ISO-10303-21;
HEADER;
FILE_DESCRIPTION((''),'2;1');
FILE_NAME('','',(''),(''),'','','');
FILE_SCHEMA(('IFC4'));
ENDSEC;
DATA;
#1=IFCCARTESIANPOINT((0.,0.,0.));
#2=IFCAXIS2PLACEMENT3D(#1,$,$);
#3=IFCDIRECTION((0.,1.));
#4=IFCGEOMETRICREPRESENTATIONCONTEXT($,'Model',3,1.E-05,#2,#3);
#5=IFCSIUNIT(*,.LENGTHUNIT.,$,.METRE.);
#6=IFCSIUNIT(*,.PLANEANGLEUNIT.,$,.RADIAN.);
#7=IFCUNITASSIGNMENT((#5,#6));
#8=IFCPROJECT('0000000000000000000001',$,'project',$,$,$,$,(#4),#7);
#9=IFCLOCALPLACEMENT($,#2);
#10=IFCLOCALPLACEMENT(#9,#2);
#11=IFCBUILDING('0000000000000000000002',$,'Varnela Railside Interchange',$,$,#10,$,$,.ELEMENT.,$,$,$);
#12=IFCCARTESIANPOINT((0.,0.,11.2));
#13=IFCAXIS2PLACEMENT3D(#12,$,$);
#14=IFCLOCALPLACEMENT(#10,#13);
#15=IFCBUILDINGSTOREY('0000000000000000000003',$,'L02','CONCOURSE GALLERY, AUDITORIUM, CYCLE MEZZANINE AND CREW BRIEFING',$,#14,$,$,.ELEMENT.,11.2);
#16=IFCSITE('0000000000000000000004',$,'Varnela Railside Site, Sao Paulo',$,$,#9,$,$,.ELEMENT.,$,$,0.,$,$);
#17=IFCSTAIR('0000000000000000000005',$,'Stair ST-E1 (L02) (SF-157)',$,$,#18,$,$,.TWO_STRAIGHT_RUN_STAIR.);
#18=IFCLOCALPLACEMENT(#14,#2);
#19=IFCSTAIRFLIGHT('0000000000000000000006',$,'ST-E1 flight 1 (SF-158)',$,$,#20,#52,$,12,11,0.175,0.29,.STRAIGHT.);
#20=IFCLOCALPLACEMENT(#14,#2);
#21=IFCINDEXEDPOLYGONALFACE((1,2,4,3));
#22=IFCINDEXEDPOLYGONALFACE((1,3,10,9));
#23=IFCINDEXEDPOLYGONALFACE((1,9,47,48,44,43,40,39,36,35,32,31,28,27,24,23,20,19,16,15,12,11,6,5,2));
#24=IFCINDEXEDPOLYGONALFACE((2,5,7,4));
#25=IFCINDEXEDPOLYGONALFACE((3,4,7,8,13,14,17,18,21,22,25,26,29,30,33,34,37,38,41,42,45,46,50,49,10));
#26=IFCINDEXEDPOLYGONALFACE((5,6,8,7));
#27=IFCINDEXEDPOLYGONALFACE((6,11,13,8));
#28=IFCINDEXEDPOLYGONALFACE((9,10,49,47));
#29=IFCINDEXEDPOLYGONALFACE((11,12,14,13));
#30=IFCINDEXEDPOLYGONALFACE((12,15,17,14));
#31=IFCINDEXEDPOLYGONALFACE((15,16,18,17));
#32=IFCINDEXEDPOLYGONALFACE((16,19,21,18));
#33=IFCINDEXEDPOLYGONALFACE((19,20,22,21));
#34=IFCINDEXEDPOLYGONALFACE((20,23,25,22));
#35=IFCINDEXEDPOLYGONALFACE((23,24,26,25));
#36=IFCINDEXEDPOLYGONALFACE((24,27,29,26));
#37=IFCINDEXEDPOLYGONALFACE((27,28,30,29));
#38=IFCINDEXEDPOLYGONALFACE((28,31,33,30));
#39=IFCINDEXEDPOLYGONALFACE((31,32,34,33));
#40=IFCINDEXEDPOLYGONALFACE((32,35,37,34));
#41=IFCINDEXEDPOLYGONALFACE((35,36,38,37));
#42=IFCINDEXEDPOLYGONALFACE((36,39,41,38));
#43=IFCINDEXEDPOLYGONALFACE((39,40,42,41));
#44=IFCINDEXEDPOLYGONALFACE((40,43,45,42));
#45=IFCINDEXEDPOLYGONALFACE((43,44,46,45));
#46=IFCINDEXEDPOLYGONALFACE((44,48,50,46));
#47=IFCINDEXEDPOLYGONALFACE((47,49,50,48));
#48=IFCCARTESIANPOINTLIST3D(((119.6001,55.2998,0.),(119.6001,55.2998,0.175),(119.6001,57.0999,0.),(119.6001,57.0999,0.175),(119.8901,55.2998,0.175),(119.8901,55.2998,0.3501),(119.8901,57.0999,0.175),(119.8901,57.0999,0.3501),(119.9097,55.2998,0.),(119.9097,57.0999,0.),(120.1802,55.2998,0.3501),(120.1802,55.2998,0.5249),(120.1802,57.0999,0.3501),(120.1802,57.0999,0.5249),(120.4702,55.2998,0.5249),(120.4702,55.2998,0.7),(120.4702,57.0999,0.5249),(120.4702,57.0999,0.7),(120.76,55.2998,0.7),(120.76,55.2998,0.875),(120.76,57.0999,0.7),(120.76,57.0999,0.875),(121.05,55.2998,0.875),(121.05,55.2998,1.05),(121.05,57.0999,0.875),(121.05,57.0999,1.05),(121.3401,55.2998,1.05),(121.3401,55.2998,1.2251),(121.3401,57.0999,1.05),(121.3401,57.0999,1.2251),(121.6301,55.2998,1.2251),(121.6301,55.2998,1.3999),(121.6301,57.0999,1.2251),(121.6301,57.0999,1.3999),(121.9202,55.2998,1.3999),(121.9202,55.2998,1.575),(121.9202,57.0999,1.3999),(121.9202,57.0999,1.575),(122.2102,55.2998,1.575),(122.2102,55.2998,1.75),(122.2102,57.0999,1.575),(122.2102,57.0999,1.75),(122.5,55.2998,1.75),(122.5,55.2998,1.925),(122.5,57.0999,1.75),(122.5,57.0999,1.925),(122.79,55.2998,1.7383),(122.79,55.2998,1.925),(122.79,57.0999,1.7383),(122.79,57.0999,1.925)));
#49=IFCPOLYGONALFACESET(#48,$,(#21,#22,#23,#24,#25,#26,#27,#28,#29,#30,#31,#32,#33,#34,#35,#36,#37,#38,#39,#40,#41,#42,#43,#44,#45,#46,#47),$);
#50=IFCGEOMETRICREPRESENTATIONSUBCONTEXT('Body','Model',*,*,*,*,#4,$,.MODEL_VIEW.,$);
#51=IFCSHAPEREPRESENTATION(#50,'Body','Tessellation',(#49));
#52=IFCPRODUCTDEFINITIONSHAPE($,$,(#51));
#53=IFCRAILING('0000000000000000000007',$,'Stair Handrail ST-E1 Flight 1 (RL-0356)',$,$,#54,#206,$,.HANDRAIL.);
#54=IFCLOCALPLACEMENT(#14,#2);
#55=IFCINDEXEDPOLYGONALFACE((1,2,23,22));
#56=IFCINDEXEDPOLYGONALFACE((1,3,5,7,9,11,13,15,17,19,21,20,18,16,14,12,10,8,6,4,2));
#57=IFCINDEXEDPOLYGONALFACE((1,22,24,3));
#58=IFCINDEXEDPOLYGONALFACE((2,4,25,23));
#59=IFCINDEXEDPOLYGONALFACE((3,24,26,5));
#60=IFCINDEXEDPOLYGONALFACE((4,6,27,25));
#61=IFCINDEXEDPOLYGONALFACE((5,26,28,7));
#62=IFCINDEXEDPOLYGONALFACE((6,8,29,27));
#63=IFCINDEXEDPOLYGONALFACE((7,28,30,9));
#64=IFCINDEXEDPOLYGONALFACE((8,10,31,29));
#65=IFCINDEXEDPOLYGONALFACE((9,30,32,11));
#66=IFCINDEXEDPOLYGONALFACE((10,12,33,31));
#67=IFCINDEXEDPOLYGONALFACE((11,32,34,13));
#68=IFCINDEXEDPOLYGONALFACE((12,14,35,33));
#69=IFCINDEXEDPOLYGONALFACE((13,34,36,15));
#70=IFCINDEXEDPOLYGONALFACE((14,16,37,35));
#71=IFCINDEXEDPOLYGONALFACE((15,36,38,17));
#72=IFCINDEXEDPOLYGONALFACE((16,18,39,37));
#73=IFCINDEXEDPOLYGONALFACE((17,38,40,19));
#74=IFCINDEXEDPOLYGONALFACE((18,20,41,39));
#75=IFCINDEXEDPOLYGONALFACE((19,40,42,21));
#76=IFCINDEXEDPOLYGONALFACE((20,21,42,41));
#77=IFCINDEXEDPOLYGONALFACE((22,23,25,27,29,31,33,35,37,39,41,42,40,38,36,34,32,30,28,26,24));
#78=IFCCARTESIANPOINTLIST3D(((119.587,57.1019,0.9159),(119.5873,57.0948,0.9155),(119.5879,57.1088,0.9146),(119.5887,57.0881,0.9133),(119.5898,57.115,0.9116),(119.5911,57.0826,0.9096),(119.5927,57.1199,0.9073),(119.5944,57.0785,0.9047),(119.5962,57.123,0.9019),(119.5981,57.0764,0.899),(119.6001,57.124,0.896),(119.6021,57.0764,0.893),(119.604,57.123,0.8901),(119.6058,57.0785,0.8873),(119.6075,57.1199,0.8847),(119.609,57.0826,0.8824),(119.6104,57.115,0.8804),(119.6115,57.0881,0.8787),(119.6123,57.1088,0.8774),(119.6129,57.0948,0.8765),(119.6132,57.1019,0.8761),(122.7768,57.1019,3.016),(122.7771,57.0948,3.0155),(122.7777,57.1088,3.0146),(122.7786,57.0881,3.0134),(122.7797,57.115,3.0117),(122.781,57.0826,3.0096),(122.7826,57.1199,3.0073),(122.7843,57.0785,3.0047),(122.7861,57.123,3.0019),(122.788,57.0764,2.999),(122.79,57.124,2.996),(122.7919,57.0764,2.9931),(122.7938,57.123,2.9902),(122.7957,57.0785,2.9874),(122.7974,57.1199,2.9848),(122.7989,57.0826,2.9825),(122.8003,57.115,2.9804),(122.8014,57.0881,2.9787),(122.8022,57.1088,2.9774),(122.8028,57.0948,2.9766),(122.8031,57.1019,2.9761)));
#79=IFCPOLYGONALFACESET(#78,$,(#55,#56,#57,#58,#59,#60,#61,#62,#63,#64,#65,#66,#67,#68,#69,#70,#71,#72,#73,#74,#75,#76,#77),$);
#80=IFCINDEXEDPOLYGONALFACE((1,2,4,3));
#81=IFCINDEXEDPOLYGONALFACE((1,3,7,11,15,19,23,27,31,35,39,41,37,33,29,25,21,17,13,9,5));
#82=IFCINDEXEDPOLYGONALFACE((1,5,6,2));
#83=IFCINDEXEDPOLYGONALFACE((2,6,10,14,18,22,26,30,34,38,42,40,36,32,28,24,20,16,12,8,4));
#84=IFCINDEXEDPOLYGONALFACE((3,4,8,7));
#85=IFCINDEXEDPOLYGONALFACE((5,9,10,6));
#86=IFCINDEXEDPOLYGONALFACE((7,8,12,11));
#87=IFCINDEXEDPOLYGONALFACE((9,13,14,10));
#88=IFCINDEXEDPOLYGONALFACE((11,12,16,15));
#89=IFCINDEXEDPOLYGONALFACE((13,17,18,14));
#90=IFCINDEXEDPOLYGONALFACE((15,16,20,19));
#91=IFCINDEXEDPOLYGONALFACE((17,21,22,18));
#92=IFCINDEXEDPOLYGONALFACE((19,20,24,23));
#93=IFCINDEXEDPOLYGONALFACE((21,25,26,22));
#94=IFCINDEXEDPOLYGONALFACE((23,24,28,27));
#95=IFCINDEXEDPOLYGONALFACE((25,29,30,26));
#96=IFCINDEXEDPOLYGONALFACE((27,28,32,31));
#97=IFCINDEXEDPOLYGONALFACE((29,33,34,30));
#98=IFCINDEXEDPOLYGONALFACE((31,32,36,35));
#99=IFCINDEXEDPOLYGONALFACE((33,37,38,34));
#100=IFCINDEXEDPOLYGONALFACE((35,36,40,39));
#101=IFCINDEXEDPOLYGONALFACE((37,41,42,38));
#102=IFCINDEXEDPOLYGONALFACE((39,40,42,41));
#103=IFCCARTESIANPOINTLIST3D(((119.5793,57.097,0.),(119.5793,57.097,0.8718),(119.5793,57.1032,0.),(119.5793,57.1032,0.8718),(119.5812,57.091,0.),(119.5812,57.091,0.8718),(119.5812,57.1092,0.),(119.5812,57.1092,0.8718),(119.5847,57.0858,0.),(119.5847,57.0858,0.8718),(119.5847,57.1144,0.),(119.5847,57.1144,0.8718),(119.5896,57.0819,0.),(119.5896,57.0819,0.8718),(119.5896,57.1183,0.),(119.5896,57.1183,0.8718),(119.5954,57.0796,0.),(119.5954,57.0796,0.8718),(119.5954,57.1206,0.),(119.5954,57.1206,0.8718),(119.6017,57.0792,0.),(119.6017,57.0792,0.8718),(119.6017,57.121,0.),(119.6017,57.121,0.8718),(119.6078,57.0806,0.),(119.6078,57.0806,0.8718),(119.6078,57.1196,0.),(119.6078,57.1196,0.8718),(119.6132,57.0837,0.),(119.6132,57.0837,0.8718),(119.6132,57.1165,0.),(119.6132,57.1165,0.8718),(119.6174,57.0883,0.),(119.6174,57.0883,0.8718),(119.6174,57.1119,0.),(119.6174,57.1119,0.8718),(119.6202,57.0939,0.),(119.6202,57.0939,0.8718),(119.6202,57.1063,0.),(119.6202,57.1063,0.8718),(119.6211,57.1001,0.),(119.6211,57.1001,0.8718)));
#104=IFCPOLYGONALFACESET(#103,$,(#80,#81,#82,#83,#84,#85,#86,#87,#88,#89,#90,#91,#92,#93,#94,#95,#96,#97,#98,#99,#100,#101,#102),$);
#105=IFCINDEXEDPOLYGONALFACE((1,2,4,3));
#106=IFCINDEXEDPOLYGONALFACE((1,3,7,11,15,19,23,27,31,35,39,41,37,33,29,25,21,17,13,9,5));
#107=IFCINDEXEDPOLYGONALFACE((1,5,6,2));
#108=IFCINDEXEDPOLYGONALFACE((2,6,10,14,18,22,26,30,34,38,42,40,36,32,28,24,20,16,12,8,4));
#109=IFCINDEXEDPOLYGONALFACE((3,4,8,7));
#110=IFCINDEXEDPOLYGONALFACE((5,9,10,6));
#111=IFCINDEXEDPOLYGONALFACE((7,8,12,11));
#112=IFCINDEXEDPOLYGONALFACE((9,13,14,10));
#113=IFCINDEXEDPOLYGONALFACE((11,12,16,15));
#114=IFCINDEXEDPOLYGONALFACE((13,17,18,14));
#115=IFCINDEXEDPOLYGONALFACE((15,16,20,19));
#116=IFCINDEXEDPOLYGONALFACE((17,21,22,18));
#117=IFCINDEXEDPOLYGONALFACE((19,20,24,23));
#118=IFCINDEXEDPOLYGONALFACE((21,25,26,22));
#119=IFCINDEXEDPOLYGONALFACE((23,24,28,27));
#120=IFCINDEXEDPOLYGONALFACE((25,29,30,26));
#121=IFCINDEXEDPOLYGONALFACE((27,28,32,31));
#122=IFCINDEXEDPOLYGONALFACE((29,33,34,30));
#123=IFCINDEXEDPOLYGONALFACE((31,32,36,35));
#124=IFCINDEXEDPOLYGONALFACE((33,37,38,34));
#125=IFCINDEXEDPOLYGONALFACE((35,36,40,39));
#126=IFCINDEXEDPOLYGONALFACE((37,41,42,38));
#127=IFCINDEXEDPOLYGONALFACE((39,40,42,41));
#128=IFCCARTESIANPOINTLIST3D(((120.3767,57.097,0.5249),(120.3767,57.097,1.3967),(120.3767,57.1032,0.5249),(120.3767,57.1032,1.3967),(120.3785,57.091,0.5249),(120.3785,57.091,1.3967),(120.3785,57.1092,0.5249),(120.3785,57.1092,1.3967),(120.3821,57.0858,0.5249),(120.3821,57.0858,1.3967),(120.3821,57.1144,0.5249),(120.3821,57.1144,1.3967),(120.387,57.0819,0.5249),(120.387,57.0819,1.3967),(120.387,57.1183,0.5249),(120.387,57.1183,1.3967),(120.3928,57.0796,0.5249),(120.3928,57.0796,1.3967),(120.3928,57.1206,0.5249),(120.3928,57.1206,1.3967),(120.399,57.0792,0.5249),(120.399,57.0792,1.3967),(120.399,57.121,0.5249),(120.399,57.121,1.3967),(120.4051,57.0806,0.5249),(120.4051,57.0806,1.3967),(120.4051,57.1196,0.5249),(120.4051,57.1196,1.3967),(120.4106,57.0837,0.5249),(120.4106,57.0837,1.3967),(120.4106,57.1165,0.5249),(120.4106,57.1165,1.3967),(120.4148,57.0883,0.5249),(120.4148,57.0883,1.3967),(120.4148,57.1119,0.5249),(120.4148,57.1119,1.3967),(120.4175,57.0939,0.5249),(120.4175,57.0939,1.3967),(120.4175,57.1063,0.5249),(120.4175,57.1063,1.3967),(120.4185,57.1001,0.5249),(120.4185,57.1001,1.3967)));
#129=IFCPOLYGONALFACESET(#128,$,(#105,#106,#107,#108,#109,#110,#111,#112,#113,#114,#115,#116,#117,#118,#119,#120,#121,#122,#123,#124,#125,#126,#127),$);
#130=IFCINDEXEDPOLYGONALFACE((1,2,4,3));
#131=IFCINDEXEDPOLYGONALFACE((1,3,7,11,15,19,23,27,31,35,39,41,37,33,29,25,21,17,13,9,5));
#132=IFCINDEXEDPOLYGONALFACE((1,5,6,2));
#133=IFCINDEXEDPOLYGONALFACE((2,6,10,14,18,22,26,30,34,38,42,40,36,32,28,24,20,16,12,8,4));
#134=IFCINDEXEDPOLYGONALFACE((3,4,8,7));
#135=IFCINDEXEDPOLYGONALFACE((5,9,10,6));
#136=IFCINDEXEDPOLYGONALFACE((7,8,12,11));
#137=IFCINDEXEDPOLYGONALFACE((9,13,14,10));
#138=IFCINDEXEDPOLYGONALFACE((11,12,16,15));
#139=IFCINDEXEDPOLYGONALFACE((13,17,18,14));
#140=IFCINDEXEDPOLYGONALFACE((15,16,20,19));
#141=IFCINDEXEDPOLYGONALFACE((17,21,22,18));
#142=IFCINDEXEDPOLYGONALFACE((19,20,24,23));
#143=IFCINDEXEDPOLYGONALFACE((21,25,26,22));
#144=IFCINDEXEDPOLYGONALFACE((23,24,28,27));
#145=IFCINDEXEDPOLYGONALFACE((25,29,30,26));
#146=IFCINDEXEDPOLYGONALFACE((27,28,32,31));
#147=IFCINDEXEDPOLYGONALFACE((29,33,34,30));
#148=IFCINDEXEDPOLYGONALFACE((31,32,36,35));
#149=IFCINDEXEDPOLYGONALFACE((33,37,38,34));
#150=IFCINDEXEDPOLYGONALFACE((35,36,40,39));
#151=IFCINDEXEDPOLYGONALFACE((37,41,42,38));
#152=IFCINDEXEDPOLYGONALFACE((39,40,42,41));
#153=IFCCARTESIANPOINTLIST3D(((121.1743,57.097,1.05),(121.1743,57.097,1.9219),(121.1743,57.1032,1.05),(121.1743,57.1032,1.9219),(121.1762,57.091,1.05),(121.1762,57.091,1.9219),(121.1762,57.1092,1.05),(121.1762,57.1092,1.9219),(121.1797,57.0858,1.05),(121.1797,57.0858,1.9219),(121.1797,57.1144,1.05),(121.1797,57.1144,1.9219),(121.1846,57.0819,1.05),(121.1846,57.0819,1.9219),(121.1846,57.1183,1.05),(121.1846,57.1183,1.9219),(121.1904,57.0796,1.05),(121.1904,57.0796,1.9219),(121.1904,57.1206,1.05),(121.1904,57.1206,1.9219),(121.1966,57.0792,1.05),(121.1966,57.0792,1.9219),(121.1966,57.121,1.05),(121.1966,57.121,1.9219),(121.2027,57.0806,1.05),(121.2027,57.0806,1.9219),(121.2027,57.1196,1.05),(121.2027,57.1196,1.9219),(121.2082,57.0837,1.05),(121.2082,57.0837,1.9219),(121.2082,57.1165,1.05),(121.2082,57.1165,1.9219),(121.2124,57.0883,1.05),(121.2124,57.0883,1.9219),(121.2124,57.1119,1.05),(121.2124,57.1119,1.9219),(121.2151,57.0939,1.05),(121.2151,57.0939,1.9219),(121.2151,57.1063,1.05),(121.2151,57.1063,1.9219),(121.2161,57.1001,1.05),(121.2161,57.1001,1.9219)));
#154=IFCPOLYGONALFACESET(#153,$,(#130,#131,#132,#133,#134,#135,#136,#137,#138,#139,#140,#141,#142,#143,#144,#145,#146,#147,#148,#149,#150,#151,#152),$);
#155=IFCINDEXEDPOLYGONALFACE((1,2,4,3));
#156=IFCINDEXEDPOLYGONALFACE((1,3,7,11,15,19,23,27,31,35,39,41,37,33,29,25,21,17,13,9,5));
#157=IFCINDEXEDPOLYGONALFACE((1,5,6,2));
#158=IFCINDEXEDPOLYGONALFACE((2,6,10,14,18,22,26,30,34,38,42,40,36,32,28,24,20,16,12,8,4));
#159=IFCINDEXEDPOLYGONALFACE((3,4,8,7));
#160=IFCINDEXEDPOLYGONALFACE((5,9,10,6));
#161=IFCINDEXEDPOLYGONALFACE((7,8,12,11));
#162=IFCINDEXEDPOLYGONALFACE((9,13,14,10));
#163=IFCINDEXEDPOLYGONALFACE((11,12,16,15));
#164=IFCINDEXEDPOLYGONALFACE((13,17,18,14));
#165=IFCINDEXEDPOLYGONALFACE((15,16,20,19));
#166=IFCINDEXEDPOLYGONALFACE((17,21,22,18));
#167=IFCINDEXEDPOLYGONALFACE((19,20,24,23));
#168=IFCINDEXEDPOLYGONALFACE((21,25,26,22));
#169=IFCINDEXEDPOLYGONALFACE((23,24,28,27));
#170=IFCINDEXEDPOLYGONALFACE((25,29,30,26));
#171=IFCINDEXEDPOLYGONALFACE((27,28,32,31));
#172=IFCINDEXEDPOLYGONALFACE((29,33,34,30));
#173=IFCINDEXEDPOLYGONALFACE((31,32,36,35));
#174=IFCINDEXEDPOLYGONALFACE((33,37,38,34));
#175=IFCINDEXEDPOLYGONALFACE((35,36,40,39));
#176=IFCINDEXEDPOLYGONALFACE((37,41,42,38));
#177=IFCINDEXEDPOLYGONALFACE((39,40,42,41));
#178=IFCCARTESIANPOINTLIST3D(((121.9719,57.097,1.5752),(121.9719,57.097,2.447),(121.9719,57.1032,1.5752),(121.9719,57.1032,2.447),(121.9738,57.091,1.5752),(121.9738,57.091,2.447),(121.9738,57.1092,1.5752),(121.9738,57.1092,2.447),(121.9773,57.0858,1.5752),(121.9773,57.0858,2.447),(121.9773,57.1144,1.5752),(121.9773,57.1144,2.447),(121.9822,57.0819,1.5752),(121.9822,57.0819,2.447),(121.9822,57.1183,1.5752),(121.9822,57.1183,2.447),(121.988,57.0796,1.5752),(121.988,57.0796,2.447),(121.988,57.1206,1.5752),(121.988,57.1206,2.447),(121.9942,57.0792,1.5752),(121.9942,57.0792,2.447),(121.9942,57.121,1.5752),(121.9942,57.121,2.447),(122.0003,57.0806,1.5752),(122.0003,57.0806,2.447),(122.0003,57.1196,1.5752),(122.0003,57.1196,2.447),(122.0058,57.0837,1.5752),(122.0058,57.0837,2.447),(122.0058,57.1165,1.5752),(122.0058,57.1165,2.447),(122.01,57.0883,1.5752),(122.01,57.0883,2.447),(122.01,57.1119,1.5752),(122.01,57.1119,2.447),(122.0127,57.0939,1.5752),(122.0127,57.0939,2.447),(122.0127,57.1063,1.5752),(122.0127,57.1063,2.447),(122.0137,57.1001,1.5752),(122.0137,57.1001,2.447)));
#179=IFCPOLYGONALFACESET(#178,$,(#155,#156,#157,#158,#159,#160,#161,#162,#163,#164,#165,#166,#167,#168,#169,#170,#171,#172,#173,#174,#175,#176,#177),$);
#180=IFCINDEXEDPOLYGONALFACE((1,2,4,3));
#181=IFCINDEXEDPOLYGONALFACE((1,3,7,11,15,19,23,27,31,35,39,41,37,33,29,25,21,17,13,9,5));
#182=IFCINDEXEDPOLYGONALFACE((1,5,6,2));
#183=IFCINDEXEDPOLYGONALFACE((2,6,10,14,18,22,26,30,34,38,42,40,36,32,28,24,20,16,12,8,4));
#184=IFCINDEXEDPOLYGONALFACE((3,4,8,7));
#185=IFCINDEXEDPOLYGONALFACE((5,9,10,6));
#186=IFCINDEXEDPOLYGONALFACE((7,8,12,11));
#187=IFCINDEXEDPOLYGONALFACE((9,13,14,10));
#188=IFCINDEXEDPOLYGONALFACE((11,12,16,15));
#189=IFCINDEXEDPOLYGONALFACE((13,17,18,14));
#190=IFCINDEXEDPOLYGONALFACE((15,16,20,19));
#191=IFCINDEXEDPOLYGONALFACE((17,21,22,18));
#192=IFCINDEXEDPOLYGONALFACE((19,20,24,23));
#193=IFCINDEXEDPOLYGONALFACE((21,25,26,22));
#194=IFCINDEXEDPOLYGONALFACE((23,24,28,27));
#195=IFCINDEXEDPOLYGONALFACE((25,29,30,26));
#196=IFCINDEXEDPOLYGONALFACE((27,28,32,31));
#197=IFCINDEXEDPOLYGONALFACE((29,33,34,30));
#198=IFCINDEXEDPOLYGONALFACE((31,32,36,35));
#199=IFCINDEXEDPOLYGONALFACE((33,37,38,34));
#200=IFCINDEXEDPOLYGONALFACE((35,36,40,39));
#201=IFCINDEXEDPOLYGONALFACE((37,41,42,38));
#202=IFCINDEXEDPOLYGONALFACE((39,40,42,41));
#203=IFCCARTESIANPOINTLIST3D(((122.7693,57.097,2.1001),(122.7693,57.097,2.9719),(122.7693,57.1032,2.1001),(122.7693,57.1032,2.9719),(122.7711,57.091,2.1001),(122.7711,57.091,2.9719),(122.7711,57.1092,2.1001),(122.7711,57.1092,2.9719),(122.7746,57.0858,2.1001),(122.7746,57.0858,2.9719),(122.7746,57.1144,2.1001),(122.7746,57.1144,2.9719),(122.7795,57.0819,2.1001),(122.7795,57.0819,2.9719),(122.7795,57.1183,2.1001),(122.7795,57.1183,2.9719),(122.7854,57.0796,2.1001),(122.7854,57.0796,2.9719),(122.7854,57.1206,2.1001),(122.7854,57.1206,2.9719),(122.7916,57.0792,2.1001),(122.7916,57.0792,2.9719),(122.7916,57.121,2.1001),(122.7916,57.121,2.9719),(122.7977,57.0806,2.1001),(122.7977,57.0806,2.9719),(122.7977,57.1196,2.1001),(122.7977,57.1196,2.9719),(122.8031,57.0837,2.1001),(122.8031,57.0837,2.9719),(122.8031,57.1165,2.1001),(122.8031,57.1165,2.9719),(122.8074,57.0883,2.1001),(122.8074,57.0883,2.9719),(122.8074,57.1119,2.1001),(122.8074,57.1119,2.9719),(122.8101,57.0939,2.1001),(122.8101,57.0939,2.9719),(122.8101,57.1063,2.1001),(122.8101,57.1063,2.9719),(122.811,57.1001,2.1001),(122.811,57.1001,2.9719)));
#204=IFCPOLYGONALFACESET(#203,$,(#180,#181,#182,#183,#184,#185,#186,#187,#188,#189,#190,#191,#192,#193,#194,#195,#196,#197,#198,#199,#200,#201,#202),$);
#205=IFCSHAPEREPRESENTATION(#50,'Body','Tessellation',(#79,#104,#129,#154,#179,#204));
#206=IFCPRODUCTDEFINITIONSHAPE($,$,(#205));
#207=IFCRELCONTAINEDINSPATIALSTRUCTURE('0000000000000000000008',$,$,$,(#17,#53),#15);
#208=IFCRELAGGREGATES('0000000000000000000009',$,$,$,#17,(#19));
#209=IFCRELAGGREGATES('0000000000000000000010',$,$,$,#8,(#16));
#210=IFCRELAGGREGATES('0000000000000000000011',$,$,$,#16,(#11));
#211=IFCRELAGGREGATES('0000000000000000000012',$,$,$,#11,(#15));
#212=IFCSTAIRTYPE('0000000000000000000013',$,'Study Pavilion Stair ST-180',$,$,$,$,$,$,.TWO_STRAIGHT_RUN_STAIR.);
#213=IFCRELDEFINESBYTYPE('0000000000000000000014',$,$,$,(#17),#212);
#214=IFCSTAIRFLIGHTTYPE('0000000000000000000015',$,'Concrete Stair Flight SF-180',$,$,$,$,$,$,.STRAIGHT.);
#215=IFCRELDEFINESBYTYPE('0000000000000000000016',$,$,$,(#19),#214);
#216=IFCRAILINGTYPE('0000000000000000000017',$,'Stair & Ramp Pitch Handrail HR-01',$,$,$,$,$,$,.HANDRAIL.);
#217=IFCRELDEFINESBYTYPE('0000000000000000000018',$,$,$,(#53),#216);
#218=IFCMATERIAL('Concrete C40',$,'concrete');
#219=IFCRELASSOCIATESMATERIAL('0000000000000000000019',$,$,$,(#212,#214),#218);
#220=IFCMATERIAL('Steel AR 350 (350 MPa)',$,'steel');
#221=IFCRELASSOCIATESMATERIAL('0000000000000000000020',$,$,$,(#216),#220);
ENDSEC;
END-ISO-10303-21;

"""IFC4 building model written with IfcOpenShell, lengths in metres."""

from ifc_helpers import new_model, si_unit, direction, frame, origin, origin_2d, place, context, subcontext, project, spatial, polyline, circle, outline, extrude, material, type_object, element, aggregate, save


model = new_model("IFC4")

# Units and contexts
model_context = context("Model", 3, precision=1e-05, world=origin(), true_north=direction((0.0, 1.0)))
body_context = subcontext(model_context, "Body", "Model", "MODEL_VIEW")
ifc_project = project(units=[si_unit("LENGTHUNIT", "METRE"), si_unit("PLANEANGLEUNIT", "RADIAN")], contexts=[model_context])

# Site, building, storey
site_placement = place(None, origin())
site = spatial("IfcSite", under=ifc_project, at=site_placement, Name="Varnela Railside Site, Sao Paulo", CompositionType="ELEMENT", RefElevation=0.0)
building_placement = place(site_placement, origin())
building = spatial("IfcBuilding", under=site, at=building_placement, Name="Varnela Railside Interchange", CompositionType="ELEMENT")
storey_placement = place(building_placement, frame((0.0, 0.0, 11.2)))
storey = spatial("IfcBuildingStorey", under=building, at=storey_placement, Name="L02", Description="CONCOURSE GALLERY, AUDITORIUM, CYCLE MEZZANINE AND CREW BRIEFING", CompositionType="ELEMENT", Elevation=11.2)

# Shared definitions
ifc_material_1 = material(Name="Steel AR 350 (350 MPa)", Category="steel")

# Shared definitions
ifc_material_2 = material(Name="Concrete C40", Category="concrete")

# Stair, stair flight
stair_type = type_object("IfcStairType", Name="Study Pavilion Stair ST-180", PredefinedType="TWO_STRAIGHT_RUN_STAIR", material=ifc_material_2)
stair_placement = place(storey_placement, origin())
stair = element("IfcStair", 1, at=stair_placement, inside=storey, type_object=stair_type, Name="Stair ST-E1 (L02) (SF-157)", PredefinedType="TWO_STRAIGHT_RUN_STAIR")
stair_flight_type = type_object("IfcStairFlightType", Name="Concrete Stair Flight SF-180", PredefinedType="STRAIGHT", material=ifc_material_2)
stair_flight_placement = place(storey_placement, frame((119.6001, 56.2, 0.0), z_axis=(0.0, 0.0, 1.0), x_axis=(1.0, 0.0, 0.0)))
stair_flight = element("IfcStairFlight", 2, at=stair_flight_placement, type_object=stair_flight_type, Name="ST-E1 flight 1 (SF-158)", NumberOfRisers=12, NumberOfTreads=11, PredefinedType="STRAIGHT", RiserHeight=0.175, TreadLength=0.29, context=body_context, shape_type="SweptSolid", body=[
    extrude(outline(polyline([(0.0, 0.0), (0.0, 0.175), (0.29, 0.175), (0.29, 0.3501), (0.5801, 0.3501), (0.5801, 0.5249), (0.8701, 0.5249), (0.8701, 0.7), (1.1599, 0.7), (1.1599, 0.875), (1.45, 0.875), (1.45, 1.05), (1.74, 1.05), (1.74, 1.2251), (2.03, 1.2251), (2.03, 1.3999), (2.3201, 1.3999), (2.3201, 1.575), (2.6101, 1.575), (2.6101, 1.75), (2.8999, 1.75), (2.8999, 1.925), (3.1899, 1.925), (3.1899, 2.1001), (3.1899, 1.7383), (0.3096, 0.0), (0.0, 0.0)])), frame((0.0, 0.8999, 0.0), z_axis=(0.0, -1.0, 0.0), x_axis=(1.0, 0.0, 0.0)), (0.0, 0.0, 1.0), 1.8),
])
aggregate(stair, [stair_flight])

# Railing
railing_type_1 = type_object("IfcRailingType", Name="Stair & Ramp Pitch Handrail HR-01", PredefinedType="HANDRAIL", material=ifc_material_1)
railing_1_placement = place(storey_placement, frame((119.6001, 57.1001, 0.0)))
element("IfcRailing", 3, at=railing_1_placement, inside=storey, type_object=railing_type_1, Name="Stair Handrail ST-E1 Flight 1 (RL-0356)", PredefinedType="HANDRAIL", context=body_context, shape_type="SweptSolid", body=[
    extrude(circle(Radius=0.0239, at=origin_2d()), frame((0.0, 0.0, 0.896), z_axis=(0.835242, 0.0, 0.549882), x_axis=(0.0, 1.0, 0.0)), (0.0, 0.0, 1.0), 3.8191),
    extrude(circle(Radius=0.021, at=origin_2d()), origin(), (0.0, 0.0, 1.0), 0.8718),
    extrude(circle(Radius=0.021, at=origin_2d()), frame((0.7974, 0.0, 0.5249)), (0.0, 0.0, 1.0), 0.8718),
    extrude(circle(Radius=0.021, at=origin_2d()), frame((1.595, 0.0, 1.05)), (0.0, 0.0, 1.0), 0.8718),
    extrude(circle(Radius=0.021, at=origin_2d()), frame((2.3926, 0.0, 1.5752)), (0.0, 0.0, 1.0), 0.8718),
    extrude(circle(Radius=0.021, at=origin_2d()), frame((3.1899, 0.0, 2.1001)), (0.0, 0.0, 1.0), 0.8718),
])

save(model, "model.ifc")
